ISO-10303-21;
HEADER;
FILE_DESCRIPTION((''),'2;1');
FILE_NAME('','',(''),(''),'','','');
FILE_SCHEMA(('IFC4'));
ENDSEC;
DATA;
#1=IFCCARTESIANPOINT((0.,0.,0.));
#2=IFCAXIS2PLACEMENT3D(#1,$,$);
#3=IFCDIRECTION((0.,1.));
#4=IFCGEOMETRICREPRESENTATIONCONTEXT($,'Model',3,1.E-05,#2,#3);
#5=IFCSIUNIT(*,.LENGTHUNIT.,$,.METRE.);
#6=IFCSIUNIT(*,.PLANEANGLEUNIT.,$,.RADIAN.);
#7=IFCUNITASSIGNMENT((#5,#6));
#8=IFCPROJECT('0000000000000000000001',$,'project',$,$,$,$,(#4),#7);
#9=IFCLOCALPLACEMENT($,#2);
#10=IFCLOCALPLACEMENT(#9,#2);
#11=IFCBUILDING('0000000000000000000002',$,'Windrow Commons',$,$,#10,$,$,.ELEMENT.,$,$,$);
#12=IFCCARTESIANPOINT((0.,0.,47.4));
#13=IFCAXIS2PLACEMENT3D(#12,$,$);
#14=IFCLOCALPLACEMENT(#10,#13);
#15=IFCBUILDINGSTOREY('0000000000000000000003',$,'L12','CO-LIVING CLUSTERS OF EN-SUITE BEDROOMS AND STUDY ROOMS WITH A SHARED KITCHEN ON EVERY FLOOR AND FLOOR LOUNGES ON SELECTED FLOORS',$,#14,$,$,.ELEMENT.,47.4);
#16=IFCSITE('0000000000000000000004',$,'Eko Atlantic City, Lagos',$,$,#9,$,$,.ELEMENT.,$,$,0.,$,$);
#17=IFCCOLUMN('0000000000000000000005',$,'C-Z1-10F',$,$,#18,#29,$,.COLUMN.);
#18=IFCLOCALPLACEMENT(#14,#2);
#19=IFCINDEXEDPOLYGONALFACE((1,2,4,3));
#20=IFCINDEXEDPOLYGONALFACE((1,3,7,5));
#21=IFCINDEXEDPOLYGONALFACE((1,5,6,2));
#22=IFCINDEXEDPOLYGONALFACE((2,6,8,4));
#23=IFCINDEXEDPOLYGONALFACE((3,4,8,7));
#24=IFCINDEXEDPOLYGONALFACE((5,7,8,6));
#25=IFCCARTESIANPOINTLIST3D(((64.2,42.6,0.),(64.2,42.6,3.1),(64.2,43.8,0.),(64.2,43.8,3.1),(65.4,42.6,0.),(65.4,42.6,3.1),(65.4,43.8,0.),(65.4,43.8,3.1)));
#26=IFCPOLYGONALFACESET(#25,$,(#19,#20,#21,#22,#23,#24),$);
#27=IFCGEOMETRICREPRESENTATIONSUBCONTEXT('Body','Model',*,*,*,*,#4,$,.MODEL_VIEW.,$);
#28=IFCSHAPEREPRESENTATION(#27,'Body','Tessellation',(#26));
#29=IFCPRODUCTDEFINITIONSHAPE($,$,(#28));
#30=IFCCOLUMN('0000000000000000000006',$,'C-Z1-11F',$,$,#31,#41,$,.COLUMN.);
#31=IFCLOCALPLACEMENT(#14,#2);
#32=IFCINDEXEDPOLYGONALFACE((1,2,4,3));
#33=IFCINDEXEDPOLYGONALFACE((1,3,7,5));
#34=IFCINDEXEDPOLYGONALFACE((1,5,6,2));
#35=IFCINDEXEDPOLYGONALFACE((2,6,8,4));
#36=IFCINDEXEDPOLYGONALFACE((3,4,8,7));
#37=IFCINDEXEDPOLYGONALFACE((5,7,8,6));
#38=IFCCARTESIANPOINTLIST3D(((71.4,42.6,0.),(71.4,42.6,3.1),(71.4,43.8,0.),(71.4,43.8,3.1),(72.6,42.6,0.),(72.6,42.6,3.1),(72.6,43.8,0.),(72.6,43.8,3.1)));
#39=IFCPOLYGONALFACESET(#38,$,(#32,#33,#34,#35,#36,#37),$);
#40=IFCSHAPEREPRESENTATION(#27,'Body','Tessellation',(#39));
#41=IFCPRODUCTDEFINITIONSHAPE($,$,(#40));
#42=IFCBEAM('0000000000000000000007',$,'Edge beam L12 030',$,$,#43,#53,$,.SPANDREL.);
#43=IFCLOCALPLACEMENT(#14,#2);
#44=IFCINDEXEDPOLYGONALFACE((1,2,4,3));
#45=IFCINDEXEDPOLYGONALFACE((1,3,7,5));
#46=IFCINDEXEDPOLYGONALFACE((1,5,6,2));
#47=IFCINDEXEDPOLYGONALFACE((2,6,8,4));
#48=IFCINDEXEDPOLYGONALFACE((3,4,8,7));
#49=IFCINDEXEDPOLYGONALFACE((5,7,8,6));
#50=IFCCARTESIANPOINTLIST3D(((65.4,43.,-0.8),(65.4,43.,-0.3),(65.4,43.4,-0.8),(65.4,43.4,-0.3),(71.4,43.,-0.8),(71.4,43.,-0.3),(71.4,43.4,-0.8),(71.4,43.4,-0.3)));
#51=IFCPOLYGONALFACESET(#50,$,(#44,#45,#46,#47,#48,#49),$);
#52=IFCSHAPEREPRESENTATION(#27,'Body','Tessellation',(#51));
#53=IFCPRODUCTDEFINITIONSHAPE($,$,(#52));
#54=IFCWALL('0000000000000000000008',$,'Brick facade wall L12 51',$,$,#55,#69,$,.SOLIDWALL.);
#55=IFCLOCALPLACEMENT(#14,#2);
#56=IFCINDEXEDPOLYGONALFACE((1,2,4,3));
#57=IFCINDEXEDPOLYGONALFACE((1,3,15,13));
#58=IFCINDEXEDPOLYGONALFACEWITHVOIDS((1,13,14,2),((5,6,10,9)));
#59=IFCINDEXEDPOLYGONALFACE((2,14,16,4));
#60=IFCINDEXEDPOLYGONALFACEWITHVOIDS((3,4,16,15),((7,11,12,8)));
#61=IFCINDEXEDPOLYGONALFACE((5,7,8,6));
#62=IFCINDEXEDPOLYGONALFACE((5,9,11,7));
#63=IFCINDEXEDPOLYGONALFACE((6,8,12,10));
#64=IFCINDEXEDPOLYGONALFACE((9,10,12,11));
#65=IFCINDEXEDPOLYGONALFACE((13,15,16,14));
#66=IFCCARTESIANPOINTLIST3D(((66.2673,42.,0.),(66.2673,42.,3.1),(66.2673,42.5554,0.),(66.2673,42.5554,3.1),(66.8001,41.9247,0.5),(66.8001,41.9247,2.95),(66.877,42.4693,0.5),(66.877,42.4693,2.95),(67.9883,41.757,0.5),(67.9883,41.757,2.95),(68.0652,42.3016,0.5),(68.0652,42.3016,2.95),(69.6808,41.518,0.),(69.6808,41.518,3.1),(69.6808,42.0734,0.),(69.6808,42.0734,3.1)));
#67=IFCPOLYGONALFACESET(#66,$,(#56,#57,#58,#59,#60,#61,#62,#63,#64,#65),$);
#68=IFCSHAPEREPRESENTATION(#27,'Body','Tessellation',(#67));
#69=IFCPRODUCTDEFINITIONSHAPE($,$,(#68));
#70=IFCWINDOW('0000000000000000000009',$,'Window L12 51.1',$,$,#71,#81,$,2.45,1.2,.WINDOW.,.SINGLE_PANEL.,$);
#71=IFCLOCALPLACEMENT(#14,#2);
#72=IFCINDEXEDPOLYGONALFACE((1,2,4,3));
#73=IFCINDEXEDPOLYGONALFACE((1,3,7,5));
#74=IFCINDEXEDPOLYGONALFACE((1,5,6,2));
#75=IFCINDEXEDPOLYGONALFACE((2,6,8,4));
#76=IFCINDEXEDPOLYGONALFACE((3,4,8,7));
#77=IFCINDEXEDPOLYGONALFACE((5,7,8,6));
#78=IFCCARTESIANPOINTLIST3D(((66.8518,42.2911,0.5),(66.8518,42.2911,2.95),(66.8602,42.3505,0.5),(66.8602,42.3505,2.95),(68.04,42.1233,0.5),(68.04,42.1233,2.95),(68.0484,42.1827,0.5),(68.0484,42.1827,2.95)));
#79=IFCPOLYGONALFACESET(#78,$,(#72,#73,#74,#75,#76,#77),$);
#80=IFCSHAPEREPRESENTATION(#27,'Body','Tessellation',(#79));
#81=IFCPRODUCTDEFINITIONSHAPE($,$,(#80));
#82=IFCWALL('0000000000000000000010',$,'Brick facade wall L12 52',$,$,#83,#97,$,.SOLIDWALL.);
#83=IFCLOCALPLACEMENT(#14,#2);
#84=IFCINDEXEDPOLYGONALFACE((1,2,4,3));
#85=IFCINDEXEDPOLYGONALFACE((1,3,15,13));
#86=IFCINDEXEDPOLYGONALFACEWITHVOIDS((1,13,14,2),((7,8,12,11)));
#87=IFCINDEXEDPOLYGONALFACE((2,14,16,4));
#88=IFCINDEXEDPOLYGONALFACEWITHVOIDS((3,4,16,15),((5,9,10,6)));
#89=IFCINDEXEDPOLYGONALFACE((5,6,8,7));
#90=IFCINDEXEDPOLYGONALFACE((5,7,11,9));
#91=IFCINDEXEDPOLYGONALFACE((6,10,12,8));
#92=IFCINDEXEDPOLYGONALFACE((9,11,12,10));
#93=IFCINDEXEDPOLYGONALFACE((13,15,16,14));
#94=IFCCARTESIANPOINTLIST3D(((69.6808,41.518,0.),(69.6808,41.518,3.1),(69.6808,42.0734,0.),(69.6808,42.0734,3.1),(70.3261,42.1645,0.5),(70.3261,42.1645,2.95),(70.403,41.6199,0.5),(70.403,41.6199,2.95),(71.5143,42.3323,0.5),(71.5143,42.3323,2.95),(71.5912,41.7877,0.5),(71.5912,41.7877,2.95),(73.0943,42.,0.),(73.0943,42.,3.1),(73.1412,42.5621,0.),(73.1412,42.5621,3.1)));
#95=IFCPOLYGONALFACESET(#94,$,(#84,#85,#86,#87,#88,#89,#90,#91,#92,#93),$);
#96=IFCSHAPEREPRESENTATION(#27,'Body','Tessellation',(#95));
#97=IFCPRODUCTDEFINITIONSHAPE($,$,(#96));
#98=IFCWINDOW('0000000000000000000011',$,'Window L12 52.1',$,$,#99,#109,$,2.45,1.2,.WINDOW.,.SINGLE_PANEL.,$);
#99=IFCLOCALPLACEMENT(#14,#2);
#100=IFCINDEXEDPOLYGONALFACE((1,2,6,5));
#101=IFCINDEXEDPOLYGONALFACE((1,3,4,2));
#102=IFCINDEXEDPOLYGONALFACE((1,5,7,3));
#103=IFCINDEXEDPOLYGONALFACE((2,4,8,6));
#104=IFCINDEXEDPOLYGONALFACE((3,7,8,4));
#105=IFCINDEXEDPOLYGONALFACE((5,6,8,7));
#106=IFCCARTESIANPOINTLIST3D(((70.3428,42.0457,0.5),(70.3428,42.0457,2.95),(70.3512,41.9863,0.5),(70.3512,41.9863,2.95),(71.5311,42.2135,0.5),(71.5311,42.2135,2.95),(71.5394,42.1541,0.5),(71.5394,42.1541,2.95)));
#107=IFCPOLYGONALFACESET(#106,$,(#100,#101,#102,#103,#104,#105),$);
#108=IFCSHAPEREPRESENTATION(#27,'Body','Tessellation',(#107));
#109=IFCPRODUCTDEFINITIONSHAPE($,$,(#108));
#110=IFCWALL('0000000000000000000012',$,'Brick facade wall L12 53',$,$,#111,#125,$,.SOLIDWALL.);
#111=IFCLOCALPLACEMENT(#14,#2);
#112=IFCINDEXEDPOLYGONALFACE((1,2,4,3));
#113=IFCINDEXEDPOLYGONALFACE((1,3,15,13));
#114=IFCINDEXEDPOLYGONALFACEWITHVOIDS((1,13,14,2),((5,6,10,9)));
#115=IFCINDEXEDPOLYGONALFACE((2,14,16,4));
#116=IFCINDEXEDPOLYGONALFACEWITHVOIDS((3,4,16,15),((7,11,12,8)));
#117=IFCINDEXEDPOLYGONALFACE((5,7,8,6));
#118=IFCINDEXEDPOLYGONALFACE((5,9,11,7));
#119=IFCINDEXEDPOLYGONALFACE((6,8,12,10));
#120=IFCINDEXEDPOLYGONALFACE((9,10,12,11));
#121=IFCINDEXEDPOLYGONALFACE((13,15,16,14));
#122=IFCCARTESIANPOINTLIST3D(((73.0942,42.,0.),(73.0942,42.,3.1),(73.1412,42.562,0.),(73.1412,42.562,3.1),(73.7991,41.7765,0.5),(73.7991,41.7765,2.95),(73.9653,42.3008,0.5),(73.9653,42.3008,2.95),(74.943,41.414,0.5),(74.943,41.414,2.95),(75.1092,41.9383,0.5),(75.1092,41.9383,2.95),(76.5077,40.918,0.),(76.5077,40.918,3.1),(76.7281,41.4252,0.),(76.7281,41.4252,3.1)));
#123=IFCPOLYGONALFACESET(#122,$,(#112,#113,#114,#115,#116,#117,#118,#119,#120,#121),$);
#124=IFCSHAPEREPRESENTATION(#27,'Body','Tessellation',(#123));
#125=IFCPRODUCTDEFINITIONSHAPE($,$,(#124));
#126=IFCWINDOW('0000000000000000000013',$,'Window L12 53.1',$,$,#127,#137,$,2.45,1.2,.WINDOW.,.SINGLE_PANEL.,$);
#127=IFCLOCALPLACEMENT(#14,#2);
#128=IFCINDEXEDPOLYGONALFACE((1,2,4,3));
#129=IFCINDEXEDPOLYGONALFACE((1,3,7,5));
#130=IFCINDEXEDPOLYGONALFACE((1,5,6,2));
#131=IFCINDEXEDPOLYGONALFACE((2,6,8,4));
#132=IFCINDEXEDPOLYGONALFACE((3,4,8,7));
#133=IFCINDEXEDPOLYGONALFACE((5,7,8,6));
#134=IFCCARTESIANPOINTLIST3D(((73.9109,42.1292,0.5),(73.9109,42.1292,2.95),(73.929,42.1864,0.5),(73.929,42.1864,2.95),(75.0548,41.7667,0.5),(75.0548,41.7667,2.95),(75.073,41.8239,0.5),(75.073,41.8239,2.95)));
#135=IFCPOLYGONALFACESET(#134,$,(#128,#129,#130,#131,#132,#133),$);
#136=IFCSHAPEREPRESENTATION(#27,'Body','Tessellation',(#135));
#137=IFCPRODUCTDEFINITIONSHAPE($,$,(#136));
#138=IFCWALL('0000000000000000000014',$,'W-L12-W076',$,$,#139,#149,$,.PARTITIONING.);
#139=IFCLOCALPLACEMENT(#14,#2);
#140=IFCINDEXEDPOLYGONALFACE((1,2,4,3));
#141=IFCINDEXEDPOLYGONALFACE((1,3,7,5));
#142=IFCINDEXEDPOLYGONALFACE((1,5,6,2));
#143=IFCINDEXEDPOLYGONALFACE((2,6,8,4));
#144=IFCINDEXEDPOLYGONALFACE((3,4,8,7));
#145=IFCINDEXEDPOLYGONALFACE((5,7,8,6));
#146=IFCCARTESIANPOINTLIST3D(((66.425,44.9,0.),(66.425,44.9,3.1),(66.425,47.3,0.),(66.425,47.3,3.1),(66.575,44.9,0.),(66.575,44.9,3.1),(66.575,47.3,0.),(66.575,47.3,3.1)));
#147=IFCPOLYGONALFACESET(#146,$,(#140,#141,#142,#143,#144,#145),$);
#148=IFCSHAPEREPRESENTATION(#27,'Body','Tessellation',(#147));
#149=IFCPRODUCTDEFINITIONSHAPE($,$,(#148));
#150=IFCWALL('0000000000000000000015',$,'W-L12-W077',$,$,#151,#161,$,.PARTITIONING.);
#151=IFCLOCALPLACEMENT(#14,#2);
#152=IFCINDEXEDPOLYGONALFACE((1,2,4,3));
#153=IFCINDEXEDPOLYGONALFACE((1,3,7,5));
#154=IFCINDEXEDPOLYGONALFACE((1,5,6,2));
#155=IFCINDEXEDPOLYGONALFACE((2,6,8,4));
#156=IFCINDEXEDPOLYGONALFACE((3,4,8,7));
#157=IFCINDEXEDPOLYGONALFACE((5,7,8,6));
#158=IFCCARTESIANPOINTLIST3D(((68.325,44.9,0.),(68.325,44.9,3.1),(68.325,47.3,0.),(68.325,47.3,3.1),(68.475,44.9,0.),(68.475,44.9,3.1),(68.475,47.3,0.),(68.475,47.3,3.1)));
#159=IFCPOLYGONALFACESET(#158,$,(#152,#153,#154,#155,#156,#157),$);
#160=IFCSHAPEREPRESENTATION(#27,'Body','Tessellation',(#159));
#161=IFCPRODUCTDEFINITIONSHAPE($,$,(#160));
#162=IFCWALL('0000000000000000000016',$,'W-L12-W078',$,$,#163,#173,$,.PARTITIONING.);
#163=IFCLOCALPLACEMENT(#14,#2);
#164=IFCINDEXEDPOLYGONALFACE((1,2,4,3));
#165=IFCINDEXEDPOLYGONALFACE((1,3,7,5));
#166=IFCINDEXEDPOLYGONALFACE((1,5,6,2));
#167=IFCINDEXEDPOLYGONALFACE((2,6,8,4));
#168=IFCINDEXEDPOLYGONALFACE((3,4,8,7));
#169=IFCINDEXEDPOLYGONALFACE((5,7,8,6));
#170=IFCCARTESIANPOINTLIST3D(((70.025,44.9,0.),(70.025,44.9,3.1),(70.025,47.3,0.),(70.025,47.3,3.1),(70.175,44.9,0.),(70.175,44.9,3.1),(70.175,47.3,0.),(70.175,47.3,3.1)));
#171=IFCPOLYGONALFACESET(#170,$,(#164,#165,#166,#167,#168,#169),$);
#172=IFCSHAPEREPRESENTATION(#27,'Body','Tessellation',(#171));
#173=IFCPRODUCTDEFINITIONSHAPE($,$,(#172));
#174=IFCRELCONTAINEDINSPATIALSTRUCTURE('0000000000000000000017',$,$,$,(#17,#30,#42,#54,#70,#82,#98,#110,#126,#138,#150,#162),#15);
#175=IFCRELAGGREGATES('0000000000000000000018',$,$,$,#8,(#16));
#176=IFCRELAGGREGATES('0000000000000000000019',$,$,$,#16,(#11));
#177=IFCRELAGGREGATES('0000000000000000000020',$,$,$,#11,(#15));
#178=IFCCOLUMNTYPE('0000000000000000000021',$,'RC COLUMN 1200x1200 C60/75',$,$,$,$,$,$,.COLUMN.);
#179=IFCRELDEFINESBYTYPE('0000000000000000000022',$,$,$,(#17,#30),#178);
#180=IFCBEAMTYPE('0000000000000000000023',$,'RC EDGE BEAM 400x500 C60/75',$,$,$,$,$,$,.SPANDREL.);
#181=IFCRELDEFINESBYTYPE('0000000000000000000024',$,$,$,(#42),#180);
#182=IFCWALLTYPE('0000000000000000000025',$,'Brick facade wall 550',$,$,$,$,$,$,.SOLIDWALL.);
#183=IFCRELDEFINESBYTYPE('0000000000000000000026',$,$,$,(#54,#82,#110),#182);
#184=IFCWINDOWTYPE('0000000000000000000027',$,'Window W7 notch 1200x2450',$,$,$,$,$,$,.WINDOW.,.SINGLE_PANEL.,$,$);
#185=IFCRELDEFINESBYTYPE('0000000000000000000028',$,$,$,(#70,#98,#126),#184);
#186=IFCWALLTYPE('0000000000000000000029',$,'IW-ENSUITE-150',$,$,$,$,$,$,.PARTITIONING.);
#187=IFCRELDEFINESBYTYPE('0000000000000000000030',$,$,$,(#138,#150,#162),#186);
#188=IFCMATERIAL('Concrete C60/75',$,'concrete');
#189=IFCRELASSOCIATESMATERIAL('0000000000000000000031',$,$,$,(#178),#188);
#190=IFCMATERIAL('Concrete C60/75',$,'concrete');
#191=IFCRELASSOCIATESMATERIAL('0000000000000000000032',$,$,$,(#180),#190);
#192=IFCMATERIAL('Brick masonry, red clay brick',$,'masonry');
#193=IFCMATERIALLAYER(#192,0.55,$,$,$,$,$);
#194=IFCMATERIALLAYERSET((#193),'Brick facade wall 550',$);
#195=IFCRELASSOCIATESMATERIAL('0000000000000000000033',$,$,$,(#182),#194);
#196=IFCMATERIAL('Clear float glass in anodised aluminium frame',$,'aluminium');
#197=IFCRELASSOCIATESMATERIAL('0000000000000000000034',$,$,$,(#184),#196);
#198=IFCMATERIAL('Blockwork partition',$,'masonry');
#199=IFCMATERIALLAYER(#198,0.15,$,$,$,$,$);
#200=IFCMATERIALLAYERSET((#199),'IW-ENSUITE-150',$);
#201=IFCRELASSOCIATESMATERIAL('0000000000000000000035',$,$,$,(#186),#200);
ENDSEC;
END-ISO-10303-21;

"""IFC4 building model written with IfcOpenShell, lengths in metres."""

from ifc_helpers import new_model, si_unit, direction, frame, frame_2d, origin, origin_2d, place, context, subcontext, project, spatial, polyline, rectangle, outline, extrude, material, layer, layer_set, material_profile, profile_set, type_object, element, fill, save


model = new_model("IFC4")

# Units and contexts
model_context = context("Model", 3, precision=1e-05, world=origin(), true_north=direction((0.0, 1.0)))
body_context = subcontext(model_context, "Body", "Model", "MODEL_VIEW")
ifc_project = project(units=[si_unit("LENGTHUNIT", "METRE"), si_unit("PLANEANGLEUNIT", "RADIAN")], contexts=[model_context])

# Site, building, storey
site_placement = place(None, origin())
site = spatial("IfcSite", under=ifc_project, at=site_placement, Name="Eko Atlantic City, Lagos", CompositionType="ELEMENT", RefElevation=0.0)
building_placement = place(site_placement, origin())
building = spatial("IfcBuilding", under=site, at=building_placement, Name="Windrow Commons", CompositionType="ELEMENT")
storey_placement = place(building_placement, frame((0.0, 0.0, 47.4)))
storey = spatial("IfcBuildingStorey", under=building, at=storey_placement, Name="L12", Description="CO-LIVING CLUSTERS OF EN-SUITE BEDROOMS AND STUDY ROOMS WITH A SHARED KITCHEN ON EVERY FLOOR AND FLOOR LOUNGES ON SELECTED FLOORS", CompositionType="ELEMENT", Elevation=47.4)

# Columns
ifc_material_1 = material(Name="Concrete C60/75", Category="concrete")
ifc_material_profile_1 = material_profile(ifc_material_1, rectangle(XDim=1.2, YDim=1.2, at=origin_2d()))
ifc_profile_set_1 = profile_set([ifc_material_profile_1], Name="Concrete C60/75")
column_type = type_object("IfcColumnType", Name="RC COLUMN 1200x1200 C60/75", PredefinedType="COLUMN", material=ifc_profile_set_1)
for number, where, z_axis, x_axis, name in (
    (1, (64.8, 43.2, 0.0), (0.0, 0.0, 1.0), (1.0, 0.0, 0.0), "C-Z1-10F"),
    (2, (72.0, 43.2, 0.0), (0.0, 0.0, 1.0), (1.0, 0.0, 0.0), "C-Z1-11F"),
):
    element("IfcColumn", number, at=place(storey_placement, frame(where, z_axis=z_axis, x_axis=x_axis)), inside=storey, type_object=column_type, Name=name, PredefinedType="COLUMN", context=body_context, shape_type="SweptSolid", body=[
        extrude(rectangle(XDim=1.2, YDim=1.2, at=origin_2d()), origin(), (0.0, 0.0, 1.0), 3.1),
    ])

# Beam
ifc_material_2 = material(Name="Concrete C60/75", Category="concrete")
ifc_material_profile_2 = material_profile(ifc_material_2, rectangle(XDim=0.4, YDim=0.5, at=origin_2d()))
ifc_profile_set_2 = profile_set([ifc_material_profile_2], Name="Concrete C60/75")
beam_type = type_object("IfcBeamType", Name="RC EDGE BEAM 400x500 C60/75", PredefinedType="SPANDREL", material=ifc_profile_set_2)
beam_placement = place(storey_placement, frame((71.4, 43.2, -0.55), z_axis=(-1.0, 0.0, 0.0), x_axis=(0.0, -1.0, 0.0)))
element("IfcBeam", 3, at=beam_placement, inside=storey, type_object=beam_type, Name="Edge beam L12 030", PredefinedType="SPANDREL", context=body_context, shape_type="SweptSolid", body=[
    extrude(rectangle(XDim=0.4, YDim=0.5, at=origin_2d()), origin(), (0.0, 0.0, 1.0), 6.0),
])

# Walls, openings, windows
ifc_material_3 = material(Name="Brick masonry, red clay brick", Category="masonry")
ifc_layer_1 = layer(ifc_material_3, 0.55)
ifc_layer_set_1 = layer_set([ifc_layer_1], Name="Brick facade wall 550")
wall_type_1 = type_object("IfcWallType", Name="Brick facade wall 550", PredefinedType="SOLIDWALL", material=ifc_layer_set_1)
wall_1_placement = place(storey_placement, frame((66.2673, 42.2777, 0.0), z_axis=(0.0, 0.0, 1.0), x_axis=(0.990177, -0.139817, 0.0)))
wall_1 = element("IfcWall", 4, at=wall_1_placement, inside=storey, type_object=wall_type_1, Name="Brick facade wall L12 51", PredefinedType="SOLIDWALL", context=body_context, shape_type="SweptSolid", body=[
    extrude(outline(polyline([(0.0388, -0.275), (3.4862, -0.275), (3.4085, 0.275), (-0.0388, 0.275), (0.0388, -0.275)])), origin(), (0.0, 0.0, 1.0), 3.1),
])
opening_1_placement = place(wall_1_placement, frame((0.5769, 0.0, 0.5)))
opening_1 = element("IfcOpeningElement", 5, at=opening_1_placement, cuts=wall_1, PredefinedType="OPENING", context=body_context, shape_type="SweptSolid", body=[
    extrude(rectangle(XDim=1.2, YDim=2.45, at=frame_2d((0.6, 1.225))), frame((0.0, 0.285, 0.0), z_axis=(0.0, -1.0, 0.0), x_axis=(1.0, 0.0, 0.0)), (0.0, 0.0, 1.0), 0.57),
])
ifc_material_4 = material(Name="Clear float glass in anodised aluminium frame", Category="aluminium")
window_type = type_object("IfcWindowType", Name="Window W7 notch 1200x2450", PartitioningType="SINGLE_PANEL", PredefinedType="WINDOW", material=ifc_material_4)
window_1_placement = place(opening_1_placement, origin())
window_1 = element("IfcWindow", 6, at=window_1_placement, inside=storey, type_object=window_type, Name="Window L12 51.1", OverallHeight=2.45, OverallWidth=1.2, PartitioningType="SINGLE_PANEL", PredefinedType="WINDOW", context=body_context, shape_type="SweptSolid", body=[
    extrude(rectangle(XDim=1.2, YDim=2.45, at=frame_2d((0.6, 1.225))), frame((0.0, 0.155, 0.0), z_axis=(0.0, -1.0, 0.0), x_axis=(1.0, 0.0, 0.0)), (0.0, 0.0, 1.0), 0.06),
])
fill(opening_1, window_1)
wall_2_placement = place(storey_placement, frame((69.6808, 41.7957, 0.0), z_axis=(0.0, 0.0, 1.0), x_axis=(0.990178, 0.139816, 0.0)))
wall_2 = element("IfcWall", 7, at=wall_2_placement, inside=storey, type_object=wall_type_1, Name="Brick facade wall L12 52", PredefinedType="SOLIDWALL", context=body_context, shape_type="SweptSolid", body=[
    extrude(outline(polyline([(-0.0388, -0.275), (3.4085, -0.275), (3.5336, 0.275), (0.0388, 0.275), (-0.0388, -0.275)])), origin(), (0.0, 0.0, 1.0), 3.1),
])
opening_2_placement = place(wall_2_placement, frame((0.6905, 0.0, 0.5)))
opening_2 = element("IfcOpeningElement", 8, at=opening_2_placement, cuts=wall_2, PredefinedType="OPENING", context=body_context, shape_type="SweptSolid", body=[
    extrude(rectangle(XDim=1.2, YDim=2.45, at=frame_2d((0.6, 1.225))), frame((0.0, 0.285, 0.0), z_axis=(0.0, -1.0, 0.0), x_axis=(1.0, 0.0, 0.0)), (0.0, 0.0, 1.0), 0.57),
])
window_2_placement = place(opening_2_placement, origin())
window_2 = element("IfcWindow", 9, at=window_2_placement, inside=storey, type_object=window_type, Name="Window L12 52.1", OverallHeight=2.45, OverallWidth=1.2, PartitioningType="SINGLE_PANEL", PredefinedType="WINDOW", context=body_context, shape_type="SweptSolid", body=[
    extrude(rectangle(XDim=1.2, YDim=2.45, at=frame_2d((0.6, 1.225))), frame((0.0, 0.155, 0.0), z_axis=(0.0, -1.0, 0.0), x_axis=(1.0, 0.0, 0.0)), (0.0, 0.0, 1.0), 0.06),
])
fill(opening_2, window_2)
wall_3_placement = place(storey_placement, frame((73.1177, 42.281, 0.0), z_axis=(0.0, 0.0, 1.0), x_axis=(0.953264, -0.30214, 0.0)))
wall_3 = element("IfcWall", 10, at=wall_3_placement, inside=storey, type_object=wall_type_1, Name="Brick facade wall L12 53", PredefinedType="SOLIDWALL", context=body_context, shape_type="SweptSolid", body=[
    extrude(outline(polyline([(0.0625, -0.275), (3.6434, -0.275), (3.7002, 0.275), (-0.0625, 0.275), (0.0625, -0.275)])), origin(), (0.0, 0.0, 1.0), 3.1),
])
opening_3_placement = place(wall_3_placement, frame((0.802, 0.0, 0.5)))
opening_3 = element("IfcOpeningElement", 11, at=opening_3_placement, cuts=wall_3, PredefinedType="OPENING", context=body_context, shape_type="SweptSolid", body=[
    extrude(rectangle(XDim=1.2, YDim=2.45, at=frame_2d((0.6, 1.225))), frame((0.0, 0.285, 0.0), z_axis=(0.0, -1.0, 0.0), x_axis=(1.0, 0.0, 0.0)), (0.0, 0.0, 1.0), 0.57),
])
window_3_placement = place(opening_3_placement, origin())
window_3 = element("IfcWindow", 12, at=window_3_placement, inside=storey, type_object=window_type, Name="Window L12 53.1", OverallHeight=2.45, OverallWidth=1.2, PartitioningType="SINGLE_PANEL", PredefinedType="WINDOW", context=body_context, shape_type="SweptSolid", body=[
    extrude(rectangle(XDim=1.2, YDim=2.45, at=frame_2d((0.6, 1.225))), frame((0.0, 0.155, 0.0), z_axis=(0.0, -1.0, 0.0), x_axis=(1.0, 0.0, 0.0)), (0.0, 0.0, 1.0), 0.06),
])
fill(opening_3, window_3)

# Walls
ifc_material_5 = material(Name="Blockwork partition", Category="masonry")
ifc_layer_2 = layer(ifc_material_5, 0.15)
ifc_layer_set_2 = layer_set([ifc_layer_2], Name="IW-ENSUITE-150")
wall_type_2 = type_object("IfcWallType", Name="IW-ENSUITE-150", PredefinedType="PARTITIONING", material=ifc_layer_set_2)
for number, where, z_axis, x_axis, name in (
    (13, (66.5, 44.9, 0.0), (0.0, 0.0, 1.0), (0.0, 1.0, 0.0), "W-L12-W076"),
    (14, (68.4, 44.9, 0.0), (0.0, 0.0, 1.0), (0.0, 1.0, 0.0), "W-L12-W077"),
    (15, (70.1, 44.9, 0.0), (0.0, 0.0, 1.0), (0.0, 1.0, 0.0), "W-L12-W078"),
):
    element("IfcWall", number, at=place(storey_placement, frame(where, z_axis=z_axis, x_axis=x_axis)), inside=storey, type_object=wall_type_2, Name=name, PredefinedType="PARTITIONING", context=body_context, shape_type="SweptSolid", body=[
        extrude(rectangle(XDim=2.4, YDim=0.15, at=frame_2d((1.2, 0.0))), origin(), (0.0, 0.0, 1.0), 3.1),
    ])

save(model, "model.ifc")
